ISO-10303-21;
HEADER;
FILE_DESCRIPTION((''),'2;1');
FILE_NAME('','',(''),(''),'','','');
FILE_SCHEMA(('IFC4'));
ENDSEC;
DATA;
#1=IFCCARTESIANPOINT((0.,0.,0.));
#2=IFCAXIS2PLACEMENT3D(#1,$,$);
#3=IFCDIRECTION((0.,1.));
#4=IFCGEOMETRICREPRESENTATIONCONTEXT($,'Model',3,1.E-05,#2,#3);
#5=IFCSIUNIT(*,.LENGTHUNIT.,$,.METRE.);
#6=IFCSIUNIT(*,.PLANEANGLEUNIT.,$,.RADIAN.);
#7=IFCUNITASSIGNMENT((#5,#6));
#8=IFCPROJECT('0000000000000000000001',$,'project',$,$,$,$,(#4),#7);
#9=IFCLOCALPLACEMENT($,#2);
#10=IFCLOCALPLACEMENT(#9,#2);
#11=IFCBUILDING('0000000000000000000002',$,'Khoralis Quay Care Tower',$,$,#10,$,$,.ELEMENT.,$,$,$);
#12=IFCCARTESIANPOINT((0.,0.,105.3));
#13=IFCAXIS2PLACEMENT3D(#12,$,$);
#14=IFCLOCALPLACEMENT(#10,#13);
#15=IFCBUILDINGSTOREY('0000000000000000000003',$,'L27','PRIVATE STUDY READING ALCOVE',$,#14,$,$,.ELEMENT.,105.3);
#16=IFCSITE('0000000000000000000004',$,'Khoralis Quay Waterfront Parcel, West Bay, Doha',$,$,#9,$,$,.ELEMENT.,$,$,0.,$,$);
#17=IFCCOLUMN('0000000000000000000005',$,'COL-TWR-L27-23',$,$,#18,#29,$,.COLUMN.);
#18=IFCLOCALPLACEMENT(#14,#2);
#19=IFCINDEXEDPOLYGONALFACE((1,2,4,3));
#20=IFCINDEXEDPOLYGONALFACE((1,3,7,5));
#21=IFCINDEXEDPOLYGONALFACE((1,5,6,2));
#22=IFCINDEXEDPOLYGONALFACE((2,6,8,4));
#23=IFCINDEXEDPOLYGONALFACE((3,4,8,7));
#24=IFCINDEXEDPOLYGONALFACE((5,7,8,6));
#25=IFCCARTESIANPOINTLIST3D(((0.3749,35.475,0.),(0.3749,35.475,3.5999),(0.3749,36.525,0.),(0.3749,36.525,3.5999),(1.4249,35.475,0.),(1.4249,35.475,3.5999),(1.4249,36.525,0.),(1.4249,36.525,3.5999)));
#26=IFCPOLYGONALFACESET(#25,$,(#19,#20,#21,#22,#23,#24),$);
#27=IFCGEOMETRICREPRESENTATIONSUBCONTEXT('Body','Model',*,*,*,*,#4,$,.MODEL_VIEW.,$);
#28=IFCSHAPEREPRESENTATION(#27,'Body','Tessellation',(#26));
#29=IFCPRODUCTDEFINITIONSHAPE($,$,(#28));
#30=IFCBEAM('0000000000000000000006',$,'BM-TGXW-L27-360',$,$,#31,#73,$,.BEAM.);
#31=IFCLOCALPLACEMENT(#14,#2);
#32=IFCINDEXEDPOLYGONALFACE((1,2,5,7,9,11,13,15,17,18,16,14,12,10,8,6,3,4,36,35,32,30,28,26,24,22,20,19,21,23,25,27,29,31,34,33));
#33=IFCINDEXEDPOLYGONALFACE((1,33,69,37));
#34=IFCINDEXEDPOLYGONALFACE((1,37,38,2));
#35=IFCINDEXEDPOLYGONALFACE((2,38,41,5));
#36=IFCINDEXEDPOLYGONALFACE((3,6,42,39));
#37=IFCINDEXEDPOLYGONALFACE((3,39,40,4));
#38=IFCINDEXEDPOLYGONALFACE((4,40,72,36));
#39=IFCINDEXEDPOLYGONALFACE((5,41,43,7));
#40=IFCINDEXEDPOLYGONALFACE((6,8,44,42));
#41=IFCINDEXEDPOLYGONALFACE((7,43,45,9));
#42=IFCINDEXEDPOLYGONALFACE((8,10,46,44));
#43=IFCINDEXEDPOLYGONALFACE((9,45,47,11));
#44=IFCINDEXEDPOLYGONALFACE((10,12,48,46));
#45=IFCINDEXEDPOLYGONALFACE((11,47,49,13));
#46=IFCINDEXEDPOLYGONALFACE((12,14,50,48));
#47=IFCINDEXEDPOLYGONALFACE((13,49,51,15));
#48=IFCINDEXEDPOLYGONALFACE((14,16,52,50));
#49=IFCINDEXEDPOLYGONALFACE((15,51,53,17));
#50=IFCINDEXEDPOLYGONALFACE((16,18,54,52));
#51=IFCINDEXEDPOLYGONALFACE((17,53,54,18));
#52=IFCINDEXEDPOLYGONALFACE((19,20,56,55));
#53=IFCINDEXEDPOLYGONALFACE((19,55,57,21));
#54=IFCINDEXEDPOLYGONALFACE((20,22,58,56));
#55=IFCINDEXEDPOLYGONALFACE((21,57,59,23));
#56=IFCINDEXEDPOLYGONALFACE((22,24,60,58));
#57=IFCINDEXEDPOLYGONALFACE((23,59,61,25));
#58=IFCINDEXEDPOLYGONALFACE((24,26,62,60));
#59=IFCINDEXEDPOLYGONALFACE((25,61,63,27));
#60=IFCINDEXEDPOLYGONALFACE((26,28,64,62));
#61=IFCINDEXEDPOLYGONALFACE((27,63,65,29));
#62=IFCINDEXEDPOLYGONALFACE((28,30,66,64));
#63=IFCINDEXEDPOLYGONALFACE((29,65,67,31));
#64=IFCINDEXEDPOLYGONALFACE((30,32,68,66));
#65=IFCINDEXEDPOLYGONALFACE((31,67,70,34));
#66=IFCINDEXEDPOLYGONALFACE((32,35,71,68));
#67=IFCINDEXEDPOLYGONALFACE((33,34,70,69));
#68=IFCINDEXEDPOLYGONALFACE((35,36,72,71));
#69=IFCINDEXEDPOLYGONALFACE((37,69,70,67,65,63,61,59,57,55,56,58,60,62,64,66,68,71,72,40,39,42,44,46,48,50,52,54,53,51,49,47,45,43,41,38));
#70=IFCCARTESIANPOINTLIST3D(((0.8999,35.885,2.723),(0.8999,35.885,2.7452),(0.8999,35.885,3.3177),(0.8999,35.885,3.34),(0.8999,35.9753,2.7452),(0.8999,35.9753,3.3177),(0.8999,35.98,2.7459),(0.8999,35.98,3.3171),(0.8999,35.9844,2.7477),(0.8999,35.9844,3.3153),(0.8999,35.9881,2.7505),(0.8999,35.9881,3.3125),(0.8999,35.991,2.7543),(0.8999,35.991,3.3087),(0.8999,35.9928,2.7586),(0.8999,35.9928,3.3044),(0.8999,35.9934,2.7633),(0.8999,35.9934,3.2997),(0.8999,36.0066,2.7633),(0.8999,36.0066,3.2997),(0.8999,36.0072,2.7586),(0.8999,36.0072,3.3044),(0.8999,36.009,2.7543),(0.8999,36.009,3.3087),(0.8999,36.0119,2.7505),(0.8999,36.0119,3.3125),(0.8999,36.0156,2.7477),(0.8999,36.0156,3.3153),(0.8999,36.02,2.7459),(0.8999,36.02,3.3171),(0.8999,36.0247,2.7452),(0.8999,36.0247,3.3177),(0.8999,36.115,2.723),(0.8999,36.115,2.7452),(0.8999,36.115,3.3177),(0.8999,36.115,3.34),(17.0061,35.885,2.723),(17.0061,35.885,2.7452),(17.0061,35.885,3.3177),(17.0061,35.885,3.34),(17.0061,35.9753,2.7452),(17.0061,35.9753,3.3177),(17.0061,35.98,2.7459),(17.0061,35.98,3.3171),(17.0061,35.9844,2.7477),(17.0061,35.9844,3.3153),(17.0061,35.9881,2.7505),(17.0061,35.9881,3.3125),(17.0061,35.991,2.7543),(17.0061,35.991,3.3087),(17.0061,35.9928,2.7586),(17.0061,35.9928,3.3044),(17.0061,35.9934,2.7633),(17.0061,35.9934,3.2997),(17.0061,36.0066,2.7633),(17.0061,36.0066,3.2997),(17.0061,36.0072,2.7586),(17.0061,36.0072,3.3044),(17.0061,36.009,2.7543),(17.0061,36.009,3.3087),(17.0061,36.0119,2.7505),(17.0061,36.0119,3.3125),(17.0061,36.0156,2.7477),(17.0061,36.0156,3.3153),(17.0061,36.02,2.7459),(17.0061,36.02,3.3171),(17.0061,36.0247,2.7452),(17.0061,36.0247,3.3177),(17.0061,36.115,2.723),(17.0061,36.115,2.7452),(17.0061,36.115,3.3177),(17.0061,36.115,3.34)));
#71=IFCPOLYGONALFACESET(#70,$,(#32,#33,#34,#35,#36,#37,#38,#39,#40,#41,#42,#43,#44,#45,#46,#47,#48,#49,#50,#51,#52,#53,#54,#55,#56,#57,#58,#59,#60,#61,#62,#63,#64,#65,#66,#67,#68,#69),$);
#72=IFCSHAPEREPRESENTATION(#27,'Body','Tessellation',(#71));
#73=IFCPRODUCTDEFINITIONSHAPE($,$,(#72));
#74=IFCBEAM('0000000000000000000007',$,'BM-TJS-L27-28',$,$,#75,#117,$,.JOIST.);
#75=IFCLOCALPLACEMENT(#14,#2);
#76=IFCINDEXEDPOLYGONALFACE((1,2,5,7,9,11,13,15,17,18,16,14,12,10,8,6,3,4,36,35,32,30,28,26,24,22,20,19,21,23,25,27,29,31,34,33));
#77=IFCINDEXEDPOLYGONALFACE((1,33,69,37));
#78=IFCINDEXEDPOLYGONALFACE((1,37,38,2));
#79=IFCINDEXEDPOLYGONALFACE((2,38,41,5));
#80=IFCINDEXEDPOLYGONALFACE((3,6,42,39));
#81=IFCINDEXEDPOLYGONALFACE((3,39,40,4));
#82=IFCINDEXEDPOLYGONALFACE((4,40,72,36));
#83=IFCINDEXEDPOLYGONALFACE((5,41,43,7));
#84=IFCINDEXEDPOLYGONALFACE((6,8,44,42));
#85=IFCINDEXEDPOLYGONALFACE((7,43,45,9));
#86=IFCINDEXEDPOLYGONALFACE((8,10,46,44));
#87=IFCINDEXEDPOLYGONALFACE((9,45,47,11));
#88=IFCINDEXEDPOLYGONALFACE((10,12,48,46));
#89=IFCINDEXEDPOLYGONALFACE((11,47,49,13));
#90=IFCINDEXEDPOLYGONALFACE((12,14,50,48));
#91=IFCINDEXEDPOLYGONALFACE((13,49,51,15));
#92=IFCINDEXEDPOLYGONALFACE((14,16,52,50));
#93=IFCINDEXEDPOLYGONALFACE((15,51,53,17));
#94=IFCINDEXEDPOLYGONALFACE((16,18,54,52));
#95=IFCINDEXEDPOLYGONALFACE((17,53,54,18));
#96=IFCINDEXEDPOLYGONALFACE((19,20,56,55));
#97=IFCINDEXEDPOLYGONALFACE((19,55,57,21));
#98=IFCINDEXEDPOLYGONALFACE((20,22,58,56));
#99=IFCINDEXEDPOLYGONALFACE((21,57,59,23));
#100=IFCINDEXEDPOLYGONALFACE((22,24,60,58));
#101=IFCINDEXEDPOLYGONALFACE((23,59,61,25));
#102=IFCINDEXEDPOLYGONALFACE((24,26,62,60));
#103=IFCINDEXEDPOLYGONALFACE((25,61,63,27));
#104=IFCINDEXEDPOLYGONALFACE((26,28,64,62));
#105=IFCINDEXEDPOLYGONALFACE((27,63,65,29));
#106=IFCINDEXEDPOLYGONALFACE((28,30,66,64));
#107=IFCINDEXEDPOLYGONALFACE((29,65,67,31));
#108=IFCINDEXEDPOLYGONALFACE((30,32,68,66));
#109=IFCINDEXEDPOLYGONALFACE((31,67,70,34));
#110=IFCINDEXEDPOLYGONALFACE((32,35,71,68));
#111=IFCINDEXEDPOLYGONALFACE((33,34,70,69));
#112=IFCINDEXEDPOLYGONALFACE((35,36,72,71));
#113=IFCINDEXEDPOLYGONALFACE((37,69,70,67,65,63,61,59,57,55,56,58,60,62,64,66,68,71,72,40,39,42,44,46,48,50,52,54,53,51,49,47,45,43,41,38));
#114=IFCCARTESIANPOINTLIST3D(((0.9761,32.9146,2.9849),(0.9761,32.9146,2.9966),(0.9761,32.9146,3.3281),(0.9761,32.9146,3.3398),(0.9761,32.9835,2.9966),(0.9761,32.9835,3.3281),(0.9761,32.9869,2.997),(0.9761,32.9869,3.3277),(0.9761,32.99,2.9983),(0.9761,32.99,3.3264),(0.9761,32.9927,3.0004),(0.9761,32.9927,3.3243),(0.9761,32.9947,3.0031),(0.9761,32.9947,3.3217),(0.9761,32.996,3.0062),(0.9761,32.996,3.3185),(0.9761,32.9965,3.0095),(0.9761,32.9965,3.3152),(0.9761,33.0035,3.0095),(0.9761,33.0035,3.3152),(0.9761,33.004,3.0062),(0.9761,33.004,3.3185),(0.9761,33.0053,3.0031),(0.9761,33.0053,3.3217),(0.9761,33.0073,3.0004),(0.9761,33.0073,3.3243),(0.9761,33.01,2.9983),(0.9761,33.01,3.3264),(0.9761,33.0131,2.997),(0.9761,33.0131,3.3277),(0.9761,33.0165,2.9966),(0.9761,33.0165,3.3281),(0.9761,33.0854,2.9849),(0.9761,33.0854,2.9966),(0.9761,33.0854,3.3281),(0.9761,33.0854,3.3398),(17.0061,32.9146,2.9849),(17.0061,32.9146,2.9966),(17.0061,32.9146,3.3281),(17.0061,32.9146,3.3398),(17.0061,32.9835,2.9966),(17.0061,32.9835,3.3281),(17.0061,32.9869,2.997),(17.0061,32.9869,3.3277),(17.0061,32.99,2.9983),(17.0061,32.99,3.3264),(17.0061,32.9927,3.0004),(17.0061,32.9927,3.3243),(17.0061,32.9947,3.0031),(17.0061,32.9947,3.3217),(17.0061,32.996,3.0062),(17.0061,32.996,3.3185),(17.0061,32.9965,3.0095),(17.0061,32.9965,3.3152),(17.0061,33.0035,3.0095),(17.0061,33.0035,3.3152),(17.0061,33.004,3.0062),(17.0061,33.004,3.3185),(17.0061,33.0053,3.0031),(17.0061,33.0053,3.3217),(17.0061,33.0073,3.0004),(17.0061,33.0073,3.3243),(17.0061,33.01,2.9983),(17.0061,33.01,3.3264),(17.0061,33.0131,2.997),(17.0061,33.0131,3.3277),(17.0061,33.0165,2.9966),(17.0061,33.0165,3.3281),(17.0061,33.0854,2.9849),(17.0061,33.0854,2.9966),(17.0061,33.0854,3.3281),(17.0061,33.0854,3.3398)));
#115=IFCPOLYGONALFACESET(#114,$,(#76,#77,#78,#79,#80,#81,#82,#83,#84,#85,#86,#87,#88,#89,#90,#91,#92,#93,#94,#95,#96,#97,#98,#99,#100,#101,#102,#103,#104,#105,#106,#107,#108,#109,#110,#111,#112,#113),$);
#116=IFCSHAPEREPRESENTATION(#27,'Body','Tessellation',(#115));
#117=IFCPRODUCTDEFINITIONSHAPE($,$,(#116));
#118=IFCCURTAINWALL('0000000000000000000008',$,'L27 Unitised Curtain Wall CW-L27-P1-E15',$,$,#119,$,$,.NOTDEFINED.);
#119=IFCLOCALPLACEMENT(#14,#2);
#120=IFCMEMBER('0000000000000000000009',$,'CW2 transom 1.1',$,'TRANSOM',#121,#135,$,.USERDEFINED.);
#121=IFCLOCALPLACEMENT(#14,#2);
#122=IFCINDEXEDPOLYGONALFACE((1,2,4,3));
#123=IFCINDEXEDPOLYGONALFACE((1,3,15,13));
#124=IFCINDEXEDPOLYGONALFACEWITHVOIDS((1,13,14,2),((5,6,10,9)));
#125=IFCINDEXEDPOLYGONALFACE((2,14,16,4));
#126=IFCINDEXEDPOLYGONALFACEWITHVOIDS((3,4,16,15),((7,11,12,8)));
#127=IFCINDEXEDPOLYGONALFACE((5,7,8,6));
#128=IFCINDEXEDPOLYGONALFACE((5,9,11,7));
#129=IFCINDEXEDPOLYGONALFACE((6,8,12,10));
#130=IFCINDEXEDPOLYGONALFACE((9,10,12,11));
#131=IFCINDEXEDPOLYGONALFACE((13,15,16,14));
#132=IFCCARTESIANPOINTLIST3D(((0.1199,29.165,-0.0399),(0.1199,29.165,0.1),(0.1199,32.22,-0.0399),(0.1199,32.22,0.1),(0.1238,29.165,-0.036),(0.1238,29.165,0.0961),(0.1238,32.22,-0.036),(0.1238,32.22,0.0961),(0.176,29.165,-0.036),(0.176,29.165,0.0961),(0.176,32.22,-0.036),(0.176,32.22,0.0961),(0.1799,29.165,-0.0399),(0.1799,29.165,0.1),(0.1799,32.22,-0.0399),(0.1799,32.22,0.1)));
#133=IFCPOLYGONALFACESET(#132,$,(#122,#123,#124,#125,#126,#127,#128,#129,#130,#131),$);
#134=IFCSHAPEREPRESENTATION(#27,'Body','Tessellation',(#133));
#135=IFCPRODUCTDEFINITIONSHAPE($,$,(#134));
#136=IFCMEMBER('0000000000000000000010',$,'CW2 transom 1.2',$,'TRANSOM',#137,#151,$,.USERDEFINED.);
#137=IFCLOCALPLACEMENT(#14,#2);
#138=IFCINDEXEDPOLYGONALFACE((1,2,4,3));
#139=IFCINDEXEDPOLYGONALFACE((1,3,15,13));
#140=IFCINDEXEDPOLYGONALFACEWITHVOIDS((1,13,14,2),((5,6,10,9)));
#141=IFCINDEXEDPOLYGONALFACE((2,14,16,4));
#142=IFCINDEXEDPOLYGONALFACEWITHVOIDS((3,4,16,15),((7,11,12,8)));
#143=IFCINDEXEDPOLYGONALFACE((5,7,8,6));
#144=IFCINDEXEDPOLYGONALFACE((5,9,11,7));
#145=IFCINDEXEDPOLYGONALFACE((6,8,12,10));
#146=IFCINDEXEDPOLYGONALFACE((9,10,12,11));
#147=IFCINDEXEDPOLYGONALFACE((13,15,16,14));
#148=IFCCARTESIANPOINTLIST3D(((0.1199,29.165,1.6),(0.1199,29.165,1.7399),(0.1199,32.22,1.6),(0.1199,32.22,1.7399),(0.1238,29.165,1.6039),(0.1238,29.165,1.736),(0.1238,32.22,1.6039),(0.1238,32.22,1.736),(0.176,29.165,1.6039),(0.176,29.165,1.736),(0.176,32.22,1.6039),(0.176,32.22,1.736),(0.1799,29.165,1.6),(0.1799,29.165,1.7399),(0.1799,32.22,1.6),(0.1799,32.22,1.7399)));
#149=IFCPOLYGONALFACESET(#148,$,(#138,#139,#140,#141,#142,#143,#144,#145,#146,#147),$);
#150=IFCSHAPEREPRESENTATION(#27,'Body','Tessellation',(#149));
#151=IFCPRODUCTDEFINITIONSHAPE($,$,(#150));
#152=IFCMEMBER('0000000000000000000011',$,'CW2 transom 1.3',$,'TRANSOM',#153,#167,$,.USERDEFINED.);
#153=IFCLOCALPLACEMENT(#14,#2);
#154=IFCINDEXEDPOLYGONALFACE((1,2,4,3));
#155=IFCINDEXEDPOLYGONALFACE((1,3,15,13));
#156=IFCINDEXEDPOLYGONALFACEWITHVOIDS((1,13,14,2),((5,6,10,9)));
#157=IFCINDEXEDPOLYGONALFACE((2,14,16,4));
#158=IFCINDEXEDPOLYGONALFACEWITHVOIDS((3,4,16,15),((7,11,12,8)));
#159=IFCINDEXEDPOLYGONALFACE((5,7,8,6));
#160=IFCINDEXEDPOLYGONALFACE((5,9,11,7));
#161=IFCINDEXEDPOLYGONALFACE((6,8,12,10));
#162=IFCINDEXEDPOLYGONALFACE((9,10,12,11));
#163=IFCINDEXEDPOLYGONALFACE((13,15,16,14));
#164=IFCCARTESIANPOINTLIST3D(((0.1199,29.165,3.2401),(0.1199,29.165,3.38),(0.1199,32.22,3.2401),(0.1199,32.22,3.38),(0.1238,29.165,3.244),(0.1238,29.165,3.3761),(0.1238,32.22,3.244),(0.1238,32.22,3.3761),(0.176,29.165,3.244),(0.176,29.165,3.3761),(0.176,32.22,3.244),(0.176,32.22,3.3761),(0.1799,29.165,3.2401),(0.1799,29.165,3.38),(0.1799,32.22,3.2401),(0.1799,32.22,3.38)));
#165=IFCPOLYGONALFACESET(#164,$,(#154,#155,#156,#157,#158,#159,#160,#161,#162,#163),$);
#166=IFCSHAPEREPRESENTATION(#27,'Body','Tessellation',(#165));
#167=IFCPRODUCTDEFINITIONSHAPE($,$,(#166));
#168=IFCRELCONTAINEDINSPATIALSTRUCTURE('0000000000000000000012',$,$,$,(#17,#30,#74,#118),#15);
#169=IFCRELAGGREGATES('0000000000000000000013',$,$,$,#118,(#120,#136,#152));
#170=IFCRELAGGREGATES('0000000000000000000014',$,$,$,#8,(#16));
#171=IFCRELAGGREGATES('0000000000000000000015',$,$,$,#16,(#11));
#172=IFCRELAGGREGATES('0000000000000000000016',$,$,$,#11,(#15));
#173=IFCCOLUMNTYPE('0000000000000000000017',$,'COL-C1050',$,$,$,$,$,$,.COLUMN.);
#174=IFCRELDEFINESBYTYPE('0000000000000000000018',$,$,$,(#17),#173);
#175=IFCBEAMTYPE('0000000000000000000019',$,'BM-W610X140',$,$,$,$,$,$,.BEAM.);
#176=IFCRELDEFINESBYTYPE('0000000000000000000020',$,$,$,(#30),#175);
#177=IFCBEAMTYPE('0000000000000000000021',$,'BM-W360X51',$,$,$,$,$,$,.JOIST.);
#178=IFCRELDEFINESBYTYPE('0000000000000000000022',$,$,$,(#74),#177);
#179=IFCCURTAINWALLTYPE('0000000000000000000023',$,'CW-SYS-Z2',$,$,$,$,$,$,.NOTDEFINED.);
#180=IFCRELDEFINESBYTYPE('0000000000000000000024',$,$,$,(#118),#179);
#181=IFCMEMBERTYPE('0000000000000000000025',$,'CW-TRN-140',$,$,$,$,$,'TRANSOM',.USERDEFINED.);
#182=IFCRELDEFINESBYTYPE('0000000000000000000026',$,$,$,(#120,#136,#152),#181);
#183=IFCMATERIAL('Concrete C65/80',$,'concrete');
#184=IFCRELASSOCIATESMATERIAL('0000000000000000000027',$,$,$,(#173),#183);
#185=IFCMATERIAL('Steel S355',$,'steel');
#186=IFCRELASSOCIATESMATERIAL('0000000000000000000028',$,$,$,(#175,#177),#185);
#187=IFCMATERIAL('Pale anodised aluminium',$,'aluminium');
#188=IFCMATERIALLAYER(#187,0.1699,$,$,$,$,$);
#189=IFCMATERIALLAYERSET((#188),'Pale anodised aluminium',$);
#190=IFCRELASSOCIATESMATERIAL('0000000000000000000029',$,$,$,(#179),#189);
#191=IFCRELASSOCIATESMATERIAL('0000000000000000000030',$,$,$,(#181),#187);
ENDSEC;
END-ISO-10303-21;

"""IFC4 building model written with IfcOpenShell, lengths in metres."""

from ifc_helpers import new_model, si_unit, direction, frame, origin, origin_2d, place, context, subcontext, project, spatial, rectangle, hollow_rectangle, i_section, extrude, source, transform, mapped, material, layer, layer_set, material_profile, profile_set, type_object, element, aggregate, save


model = new_model("IFC4")

# Units and contexts
model_context = context("Model", 3, precision=1e-05, world=origin(), true_north=direction((0.0, 1.0)))
body_context = subcontext(model_context, "Body", "Model", "MODEL_VIEW")
ifc_project = project(units=[si_unit("LENGTHUNIT", "METRE"), si_unit("PLANEANGLEUNIT", "RADIAN")], contexts=[model_context])

# Site, building, storey
site_placement = place(None, origin())
site = spatial("IfcSite", under=ifc_project, at=site_placement, Name="Khoralis Quay Waterfront Parcel, West Bay, Doha", CompositionType="ELEMENT", RefElevation=0.0)
building_placement = place(site_placement, origin())
building = spatial("IfcBuilding", under=site, at=building_placement, Name="Khoralis Quay Care Tower", CompositionType="ELEMENT")
storey_placement = place(building_placement, frame((0.0, 0.0, 105.3)))
storey = spatial("IfcBuildingStorey", under=building, at=storey_placement, Name="L27", Description="PRIVATE STUDY READING ALCOVE", CompositionType="ELEMENT", Elevation=105.3)

# Column
ifc_material_1 = material(Name="Concrete C65/80", Category="concrete")
ifc_material_profile_1 = material_profile(ifc_material_1, rectangle(XDim=1.05, YDim=1.05, at=origin_2d()), Name="Concrete C65/80")
ifc_profile_set_1 = profile_set([ifc_material_profile_1], Name="Concrete C65/80")
column_type = type_object("IfcColumnType", Name="COL-C1050", PredefinedType="COLUMN", material=ifc_profile_set_1)
shared_shape_1 = source(origin(), body_context, "Body", "SweptSolid", [
    extrude(rectangle(XDim=1.05, YDim=1.05, at=origin_2d()), origin(), (0.0, 0.0, 1.0), 3.5999),
])
column_placement = place(storey_placement, frame((0.8999, 36.0, 0.0), z_axis=(0.0, 0.0, 1.0), x_axis=(1.0, 0.0, 0.0)))
element("IfcColumn", 1, at=column_placement, inside=storey, type_object=column_type, Name="COL-TWR-L27-23", PredefinedType="COLUMN", context=body_context, shape_type="MappedRepresentation", body=[
    mapped(shared_shape_1, transform((0.0, 0.0, 0.0), scale=1.0)),
])

# Beams
ifc_material_2 = material(Name="Steel S355", Category="steel")
ifc_material_profile_2 = material_profile(ifc_material_2, i_section(OverallWidth=0.23, OverallDepth=0.6169, WebThickness=0.0132, FlangeThickness=0.0222, FilletRadius=0.0181, at=origin_2d()), Name="Steel S355")
ifc_profile_set_2 = profile_set([ifc_material_profile_2], Name="Steel S355")
beam_type_1 = type_object("IfcBeamType", Name="BM-W610X140", PredefinedType="BEAM", material=ifc_profile_set_2)
shared_shape_2 = source(origin(), body_context, "Body", "SweptSolid", [
    extrude(i_section(OverallWidth=0.23, OverallDepth=0.6169, WebThickness=0.0132, FlangeThickness=0.0222, FilletRadius=0.0181, at=origin_2d()), origin(), (0.0, 0.0, 1.0), 16.1062),
])
beam_1_placement = place(storey_placement, frame((0.8999, 36.0, 3.0315), z_axis=(1.0, 0.0, 0.0), x_axis=(0.0, 1.0, 0.0)))
element("IfcBeam", 2, at=beam_1_placement, inside=storey, type_object=beam_type_1, Name="BM-TGXW-L27-360", PredefinedType="BEAM", context=body_context, shape_type="MappedRepresentation", body=[
    mapped(shared_shape_2, transform((0.0, 0.0, 0.0), scale=1.0)),
])
ifc_material_profile_3 = material_profile(ifc_material_2, i_section(OverallWidth=0.1709, OverallDepth=0.355, WebThickness=0.0071, FlangeThickness=0.0117, FilletRadius=0.0129, at=origin_2d()), Name="Steel S355")
ifc_profile_set_3 = profile_set([ifc_material_profile_3], Name="Steel S355")
beam_type_2 = type_object("IfcBeamType", Name="BM-W360X51", PredefinedType="JOIST", material=ifc_profile_set_3)
shared_shape_3 = source(origin(), body_context, "Body", "SweptSolid", [
    extrude(i_section(OverallWidth=0.1709, OverallDepth=0.355, WebThickness=0.0071, FlangeThickness=0.0117, FilletRadius=0.0129, at=origin_2d()), origin(), (0.0, 0.0, 1.0), 16.03),
])
beam_2_placement = place(storey_placement, frame((0.9761, 33.0, 3.1624), z_axis=(1.0, 0.0, 0.0), x_axis=(0.0, 1.0, 0.0)))
element("IfcBeam", 3, at=beam_2_placement, inside=storey, type_object=beam_type_2, Name="BM-TJS-L27-28", PredefinedType="JOIST", context=body_context, shape_type="MappedRepresentation", body=[
    mapped(shared_shape_3, transform((0.0, 0.0, 0.0), scale=1.0)),
])

# Curtain wall, members
ifc_material_3 = material(Name="Pale anodised aluminium", Category="aluminium")
ifc_layer_1 = layer(ifc_material_3, 0.1699)
ifc_layer_set_1 = layer_set([ifc_layer_1], Name="Pale anodised aluminium")
curtain_wall_type = type_object("IfcCurtainWallType", Name="CW-SYS-Z2", PredefinedType="NOTDEFINED", material=ifc_layer_set_1)
curtain_wall_placement = place(storey_placement, origin())
curtain_wall = element("IfcCurtainWall", 4, at=curtain_wall_placement, inside=storey, type_object=curtain_wall_type, Name="L27 Unitised Curtain Wall CW-L27-P1-E15", PredefinedType="NOTDEFINED")
ifc_material_profile_4 = material_profile(ifc_material_3, hollow_rectangle(XDim=0.0601, YDim=0.1399, WallThickness=0.0039, at=origin_2d()), Name="Pale anodised aluminium")
ifc_profile_set_4 = profile_set([ifc_material_profile_4], Name="Pale anodised aluminium")
member_type_1 = type_object("IfcMemberType", Name="CW-TRN-140", ElementType="TRANSOM", PredefinedType="USERDEFINED", material=ifc_profile_set_4)
shared_shape_4 = source(origin(), body_context, "Body", "SweptSolid", [
    extrude(hollow_rectangle(XDim=0.0601, YDim=0.1399, WallThickness=0.0039, at=origin_2d()), origin(), (0.0, 0.0, 1.0), 3.0549),
])
member_1_placement = place(storey_placement, frame((0.1499, 32.22, 0.03), z_axis=(0.0, -1.0, 0.0), x_axis=(1.0, 0.0, 0.0)))
member_1 = element("IfcMember", 5, at=member_1_placement, type_object=member_type_1, Name="CW2 transom 1.1", ObjectType="TRANSOM", PredefinedType="USERDEFINED", context=body_context, shape_type="MappedRepresentation", body=[
    mapped(shared_shape_4, transform((0.0, 0.0, 0.0), scale=1.0)),
])
member_2_placement = place(storey_placement, frame((0.1499, 32.22, 1.6699), z_axis=(0.0, -1.0, 0.0), x_axis=(1.0, 0.0, 0.0)))
member_2 = element("IfcMember", 6, at=member_2_placement, type_object=member_type_1, Name="CW2 transom 1.2", ObjectType="TRANSOM", PredefinedType="USERDEFINED", context=body_context, shape_type="MappedRepresentation", body=[
    mapped(shared_shape_4, transform((0.0, 0.0, 0.0), scale=1.0)),
])
member_3_placement = place(storey_placement, frame((0.1499, 32.22, 3.3101), z_axis=(0.0, -1.0, 0.0), x_axis=(1.0, 0.0, 0.0)))
member_3 = element("IfcMember", 7, at=member_3_placement, type_object=member_type_1, Name="CW2 transom 1.3", ObjectType="TRANSOM", PredefinedType="USERDEFINED", context=body_context, shape_type="MappedRepresentation", body=[
    mapped(shared_shape_4, transform((0.0, 0.0, 0.0), scale=1.0)),
])
aggregate(curtain_wall, [member_1, member_2, member_3])

save(model, "model.ifc")
